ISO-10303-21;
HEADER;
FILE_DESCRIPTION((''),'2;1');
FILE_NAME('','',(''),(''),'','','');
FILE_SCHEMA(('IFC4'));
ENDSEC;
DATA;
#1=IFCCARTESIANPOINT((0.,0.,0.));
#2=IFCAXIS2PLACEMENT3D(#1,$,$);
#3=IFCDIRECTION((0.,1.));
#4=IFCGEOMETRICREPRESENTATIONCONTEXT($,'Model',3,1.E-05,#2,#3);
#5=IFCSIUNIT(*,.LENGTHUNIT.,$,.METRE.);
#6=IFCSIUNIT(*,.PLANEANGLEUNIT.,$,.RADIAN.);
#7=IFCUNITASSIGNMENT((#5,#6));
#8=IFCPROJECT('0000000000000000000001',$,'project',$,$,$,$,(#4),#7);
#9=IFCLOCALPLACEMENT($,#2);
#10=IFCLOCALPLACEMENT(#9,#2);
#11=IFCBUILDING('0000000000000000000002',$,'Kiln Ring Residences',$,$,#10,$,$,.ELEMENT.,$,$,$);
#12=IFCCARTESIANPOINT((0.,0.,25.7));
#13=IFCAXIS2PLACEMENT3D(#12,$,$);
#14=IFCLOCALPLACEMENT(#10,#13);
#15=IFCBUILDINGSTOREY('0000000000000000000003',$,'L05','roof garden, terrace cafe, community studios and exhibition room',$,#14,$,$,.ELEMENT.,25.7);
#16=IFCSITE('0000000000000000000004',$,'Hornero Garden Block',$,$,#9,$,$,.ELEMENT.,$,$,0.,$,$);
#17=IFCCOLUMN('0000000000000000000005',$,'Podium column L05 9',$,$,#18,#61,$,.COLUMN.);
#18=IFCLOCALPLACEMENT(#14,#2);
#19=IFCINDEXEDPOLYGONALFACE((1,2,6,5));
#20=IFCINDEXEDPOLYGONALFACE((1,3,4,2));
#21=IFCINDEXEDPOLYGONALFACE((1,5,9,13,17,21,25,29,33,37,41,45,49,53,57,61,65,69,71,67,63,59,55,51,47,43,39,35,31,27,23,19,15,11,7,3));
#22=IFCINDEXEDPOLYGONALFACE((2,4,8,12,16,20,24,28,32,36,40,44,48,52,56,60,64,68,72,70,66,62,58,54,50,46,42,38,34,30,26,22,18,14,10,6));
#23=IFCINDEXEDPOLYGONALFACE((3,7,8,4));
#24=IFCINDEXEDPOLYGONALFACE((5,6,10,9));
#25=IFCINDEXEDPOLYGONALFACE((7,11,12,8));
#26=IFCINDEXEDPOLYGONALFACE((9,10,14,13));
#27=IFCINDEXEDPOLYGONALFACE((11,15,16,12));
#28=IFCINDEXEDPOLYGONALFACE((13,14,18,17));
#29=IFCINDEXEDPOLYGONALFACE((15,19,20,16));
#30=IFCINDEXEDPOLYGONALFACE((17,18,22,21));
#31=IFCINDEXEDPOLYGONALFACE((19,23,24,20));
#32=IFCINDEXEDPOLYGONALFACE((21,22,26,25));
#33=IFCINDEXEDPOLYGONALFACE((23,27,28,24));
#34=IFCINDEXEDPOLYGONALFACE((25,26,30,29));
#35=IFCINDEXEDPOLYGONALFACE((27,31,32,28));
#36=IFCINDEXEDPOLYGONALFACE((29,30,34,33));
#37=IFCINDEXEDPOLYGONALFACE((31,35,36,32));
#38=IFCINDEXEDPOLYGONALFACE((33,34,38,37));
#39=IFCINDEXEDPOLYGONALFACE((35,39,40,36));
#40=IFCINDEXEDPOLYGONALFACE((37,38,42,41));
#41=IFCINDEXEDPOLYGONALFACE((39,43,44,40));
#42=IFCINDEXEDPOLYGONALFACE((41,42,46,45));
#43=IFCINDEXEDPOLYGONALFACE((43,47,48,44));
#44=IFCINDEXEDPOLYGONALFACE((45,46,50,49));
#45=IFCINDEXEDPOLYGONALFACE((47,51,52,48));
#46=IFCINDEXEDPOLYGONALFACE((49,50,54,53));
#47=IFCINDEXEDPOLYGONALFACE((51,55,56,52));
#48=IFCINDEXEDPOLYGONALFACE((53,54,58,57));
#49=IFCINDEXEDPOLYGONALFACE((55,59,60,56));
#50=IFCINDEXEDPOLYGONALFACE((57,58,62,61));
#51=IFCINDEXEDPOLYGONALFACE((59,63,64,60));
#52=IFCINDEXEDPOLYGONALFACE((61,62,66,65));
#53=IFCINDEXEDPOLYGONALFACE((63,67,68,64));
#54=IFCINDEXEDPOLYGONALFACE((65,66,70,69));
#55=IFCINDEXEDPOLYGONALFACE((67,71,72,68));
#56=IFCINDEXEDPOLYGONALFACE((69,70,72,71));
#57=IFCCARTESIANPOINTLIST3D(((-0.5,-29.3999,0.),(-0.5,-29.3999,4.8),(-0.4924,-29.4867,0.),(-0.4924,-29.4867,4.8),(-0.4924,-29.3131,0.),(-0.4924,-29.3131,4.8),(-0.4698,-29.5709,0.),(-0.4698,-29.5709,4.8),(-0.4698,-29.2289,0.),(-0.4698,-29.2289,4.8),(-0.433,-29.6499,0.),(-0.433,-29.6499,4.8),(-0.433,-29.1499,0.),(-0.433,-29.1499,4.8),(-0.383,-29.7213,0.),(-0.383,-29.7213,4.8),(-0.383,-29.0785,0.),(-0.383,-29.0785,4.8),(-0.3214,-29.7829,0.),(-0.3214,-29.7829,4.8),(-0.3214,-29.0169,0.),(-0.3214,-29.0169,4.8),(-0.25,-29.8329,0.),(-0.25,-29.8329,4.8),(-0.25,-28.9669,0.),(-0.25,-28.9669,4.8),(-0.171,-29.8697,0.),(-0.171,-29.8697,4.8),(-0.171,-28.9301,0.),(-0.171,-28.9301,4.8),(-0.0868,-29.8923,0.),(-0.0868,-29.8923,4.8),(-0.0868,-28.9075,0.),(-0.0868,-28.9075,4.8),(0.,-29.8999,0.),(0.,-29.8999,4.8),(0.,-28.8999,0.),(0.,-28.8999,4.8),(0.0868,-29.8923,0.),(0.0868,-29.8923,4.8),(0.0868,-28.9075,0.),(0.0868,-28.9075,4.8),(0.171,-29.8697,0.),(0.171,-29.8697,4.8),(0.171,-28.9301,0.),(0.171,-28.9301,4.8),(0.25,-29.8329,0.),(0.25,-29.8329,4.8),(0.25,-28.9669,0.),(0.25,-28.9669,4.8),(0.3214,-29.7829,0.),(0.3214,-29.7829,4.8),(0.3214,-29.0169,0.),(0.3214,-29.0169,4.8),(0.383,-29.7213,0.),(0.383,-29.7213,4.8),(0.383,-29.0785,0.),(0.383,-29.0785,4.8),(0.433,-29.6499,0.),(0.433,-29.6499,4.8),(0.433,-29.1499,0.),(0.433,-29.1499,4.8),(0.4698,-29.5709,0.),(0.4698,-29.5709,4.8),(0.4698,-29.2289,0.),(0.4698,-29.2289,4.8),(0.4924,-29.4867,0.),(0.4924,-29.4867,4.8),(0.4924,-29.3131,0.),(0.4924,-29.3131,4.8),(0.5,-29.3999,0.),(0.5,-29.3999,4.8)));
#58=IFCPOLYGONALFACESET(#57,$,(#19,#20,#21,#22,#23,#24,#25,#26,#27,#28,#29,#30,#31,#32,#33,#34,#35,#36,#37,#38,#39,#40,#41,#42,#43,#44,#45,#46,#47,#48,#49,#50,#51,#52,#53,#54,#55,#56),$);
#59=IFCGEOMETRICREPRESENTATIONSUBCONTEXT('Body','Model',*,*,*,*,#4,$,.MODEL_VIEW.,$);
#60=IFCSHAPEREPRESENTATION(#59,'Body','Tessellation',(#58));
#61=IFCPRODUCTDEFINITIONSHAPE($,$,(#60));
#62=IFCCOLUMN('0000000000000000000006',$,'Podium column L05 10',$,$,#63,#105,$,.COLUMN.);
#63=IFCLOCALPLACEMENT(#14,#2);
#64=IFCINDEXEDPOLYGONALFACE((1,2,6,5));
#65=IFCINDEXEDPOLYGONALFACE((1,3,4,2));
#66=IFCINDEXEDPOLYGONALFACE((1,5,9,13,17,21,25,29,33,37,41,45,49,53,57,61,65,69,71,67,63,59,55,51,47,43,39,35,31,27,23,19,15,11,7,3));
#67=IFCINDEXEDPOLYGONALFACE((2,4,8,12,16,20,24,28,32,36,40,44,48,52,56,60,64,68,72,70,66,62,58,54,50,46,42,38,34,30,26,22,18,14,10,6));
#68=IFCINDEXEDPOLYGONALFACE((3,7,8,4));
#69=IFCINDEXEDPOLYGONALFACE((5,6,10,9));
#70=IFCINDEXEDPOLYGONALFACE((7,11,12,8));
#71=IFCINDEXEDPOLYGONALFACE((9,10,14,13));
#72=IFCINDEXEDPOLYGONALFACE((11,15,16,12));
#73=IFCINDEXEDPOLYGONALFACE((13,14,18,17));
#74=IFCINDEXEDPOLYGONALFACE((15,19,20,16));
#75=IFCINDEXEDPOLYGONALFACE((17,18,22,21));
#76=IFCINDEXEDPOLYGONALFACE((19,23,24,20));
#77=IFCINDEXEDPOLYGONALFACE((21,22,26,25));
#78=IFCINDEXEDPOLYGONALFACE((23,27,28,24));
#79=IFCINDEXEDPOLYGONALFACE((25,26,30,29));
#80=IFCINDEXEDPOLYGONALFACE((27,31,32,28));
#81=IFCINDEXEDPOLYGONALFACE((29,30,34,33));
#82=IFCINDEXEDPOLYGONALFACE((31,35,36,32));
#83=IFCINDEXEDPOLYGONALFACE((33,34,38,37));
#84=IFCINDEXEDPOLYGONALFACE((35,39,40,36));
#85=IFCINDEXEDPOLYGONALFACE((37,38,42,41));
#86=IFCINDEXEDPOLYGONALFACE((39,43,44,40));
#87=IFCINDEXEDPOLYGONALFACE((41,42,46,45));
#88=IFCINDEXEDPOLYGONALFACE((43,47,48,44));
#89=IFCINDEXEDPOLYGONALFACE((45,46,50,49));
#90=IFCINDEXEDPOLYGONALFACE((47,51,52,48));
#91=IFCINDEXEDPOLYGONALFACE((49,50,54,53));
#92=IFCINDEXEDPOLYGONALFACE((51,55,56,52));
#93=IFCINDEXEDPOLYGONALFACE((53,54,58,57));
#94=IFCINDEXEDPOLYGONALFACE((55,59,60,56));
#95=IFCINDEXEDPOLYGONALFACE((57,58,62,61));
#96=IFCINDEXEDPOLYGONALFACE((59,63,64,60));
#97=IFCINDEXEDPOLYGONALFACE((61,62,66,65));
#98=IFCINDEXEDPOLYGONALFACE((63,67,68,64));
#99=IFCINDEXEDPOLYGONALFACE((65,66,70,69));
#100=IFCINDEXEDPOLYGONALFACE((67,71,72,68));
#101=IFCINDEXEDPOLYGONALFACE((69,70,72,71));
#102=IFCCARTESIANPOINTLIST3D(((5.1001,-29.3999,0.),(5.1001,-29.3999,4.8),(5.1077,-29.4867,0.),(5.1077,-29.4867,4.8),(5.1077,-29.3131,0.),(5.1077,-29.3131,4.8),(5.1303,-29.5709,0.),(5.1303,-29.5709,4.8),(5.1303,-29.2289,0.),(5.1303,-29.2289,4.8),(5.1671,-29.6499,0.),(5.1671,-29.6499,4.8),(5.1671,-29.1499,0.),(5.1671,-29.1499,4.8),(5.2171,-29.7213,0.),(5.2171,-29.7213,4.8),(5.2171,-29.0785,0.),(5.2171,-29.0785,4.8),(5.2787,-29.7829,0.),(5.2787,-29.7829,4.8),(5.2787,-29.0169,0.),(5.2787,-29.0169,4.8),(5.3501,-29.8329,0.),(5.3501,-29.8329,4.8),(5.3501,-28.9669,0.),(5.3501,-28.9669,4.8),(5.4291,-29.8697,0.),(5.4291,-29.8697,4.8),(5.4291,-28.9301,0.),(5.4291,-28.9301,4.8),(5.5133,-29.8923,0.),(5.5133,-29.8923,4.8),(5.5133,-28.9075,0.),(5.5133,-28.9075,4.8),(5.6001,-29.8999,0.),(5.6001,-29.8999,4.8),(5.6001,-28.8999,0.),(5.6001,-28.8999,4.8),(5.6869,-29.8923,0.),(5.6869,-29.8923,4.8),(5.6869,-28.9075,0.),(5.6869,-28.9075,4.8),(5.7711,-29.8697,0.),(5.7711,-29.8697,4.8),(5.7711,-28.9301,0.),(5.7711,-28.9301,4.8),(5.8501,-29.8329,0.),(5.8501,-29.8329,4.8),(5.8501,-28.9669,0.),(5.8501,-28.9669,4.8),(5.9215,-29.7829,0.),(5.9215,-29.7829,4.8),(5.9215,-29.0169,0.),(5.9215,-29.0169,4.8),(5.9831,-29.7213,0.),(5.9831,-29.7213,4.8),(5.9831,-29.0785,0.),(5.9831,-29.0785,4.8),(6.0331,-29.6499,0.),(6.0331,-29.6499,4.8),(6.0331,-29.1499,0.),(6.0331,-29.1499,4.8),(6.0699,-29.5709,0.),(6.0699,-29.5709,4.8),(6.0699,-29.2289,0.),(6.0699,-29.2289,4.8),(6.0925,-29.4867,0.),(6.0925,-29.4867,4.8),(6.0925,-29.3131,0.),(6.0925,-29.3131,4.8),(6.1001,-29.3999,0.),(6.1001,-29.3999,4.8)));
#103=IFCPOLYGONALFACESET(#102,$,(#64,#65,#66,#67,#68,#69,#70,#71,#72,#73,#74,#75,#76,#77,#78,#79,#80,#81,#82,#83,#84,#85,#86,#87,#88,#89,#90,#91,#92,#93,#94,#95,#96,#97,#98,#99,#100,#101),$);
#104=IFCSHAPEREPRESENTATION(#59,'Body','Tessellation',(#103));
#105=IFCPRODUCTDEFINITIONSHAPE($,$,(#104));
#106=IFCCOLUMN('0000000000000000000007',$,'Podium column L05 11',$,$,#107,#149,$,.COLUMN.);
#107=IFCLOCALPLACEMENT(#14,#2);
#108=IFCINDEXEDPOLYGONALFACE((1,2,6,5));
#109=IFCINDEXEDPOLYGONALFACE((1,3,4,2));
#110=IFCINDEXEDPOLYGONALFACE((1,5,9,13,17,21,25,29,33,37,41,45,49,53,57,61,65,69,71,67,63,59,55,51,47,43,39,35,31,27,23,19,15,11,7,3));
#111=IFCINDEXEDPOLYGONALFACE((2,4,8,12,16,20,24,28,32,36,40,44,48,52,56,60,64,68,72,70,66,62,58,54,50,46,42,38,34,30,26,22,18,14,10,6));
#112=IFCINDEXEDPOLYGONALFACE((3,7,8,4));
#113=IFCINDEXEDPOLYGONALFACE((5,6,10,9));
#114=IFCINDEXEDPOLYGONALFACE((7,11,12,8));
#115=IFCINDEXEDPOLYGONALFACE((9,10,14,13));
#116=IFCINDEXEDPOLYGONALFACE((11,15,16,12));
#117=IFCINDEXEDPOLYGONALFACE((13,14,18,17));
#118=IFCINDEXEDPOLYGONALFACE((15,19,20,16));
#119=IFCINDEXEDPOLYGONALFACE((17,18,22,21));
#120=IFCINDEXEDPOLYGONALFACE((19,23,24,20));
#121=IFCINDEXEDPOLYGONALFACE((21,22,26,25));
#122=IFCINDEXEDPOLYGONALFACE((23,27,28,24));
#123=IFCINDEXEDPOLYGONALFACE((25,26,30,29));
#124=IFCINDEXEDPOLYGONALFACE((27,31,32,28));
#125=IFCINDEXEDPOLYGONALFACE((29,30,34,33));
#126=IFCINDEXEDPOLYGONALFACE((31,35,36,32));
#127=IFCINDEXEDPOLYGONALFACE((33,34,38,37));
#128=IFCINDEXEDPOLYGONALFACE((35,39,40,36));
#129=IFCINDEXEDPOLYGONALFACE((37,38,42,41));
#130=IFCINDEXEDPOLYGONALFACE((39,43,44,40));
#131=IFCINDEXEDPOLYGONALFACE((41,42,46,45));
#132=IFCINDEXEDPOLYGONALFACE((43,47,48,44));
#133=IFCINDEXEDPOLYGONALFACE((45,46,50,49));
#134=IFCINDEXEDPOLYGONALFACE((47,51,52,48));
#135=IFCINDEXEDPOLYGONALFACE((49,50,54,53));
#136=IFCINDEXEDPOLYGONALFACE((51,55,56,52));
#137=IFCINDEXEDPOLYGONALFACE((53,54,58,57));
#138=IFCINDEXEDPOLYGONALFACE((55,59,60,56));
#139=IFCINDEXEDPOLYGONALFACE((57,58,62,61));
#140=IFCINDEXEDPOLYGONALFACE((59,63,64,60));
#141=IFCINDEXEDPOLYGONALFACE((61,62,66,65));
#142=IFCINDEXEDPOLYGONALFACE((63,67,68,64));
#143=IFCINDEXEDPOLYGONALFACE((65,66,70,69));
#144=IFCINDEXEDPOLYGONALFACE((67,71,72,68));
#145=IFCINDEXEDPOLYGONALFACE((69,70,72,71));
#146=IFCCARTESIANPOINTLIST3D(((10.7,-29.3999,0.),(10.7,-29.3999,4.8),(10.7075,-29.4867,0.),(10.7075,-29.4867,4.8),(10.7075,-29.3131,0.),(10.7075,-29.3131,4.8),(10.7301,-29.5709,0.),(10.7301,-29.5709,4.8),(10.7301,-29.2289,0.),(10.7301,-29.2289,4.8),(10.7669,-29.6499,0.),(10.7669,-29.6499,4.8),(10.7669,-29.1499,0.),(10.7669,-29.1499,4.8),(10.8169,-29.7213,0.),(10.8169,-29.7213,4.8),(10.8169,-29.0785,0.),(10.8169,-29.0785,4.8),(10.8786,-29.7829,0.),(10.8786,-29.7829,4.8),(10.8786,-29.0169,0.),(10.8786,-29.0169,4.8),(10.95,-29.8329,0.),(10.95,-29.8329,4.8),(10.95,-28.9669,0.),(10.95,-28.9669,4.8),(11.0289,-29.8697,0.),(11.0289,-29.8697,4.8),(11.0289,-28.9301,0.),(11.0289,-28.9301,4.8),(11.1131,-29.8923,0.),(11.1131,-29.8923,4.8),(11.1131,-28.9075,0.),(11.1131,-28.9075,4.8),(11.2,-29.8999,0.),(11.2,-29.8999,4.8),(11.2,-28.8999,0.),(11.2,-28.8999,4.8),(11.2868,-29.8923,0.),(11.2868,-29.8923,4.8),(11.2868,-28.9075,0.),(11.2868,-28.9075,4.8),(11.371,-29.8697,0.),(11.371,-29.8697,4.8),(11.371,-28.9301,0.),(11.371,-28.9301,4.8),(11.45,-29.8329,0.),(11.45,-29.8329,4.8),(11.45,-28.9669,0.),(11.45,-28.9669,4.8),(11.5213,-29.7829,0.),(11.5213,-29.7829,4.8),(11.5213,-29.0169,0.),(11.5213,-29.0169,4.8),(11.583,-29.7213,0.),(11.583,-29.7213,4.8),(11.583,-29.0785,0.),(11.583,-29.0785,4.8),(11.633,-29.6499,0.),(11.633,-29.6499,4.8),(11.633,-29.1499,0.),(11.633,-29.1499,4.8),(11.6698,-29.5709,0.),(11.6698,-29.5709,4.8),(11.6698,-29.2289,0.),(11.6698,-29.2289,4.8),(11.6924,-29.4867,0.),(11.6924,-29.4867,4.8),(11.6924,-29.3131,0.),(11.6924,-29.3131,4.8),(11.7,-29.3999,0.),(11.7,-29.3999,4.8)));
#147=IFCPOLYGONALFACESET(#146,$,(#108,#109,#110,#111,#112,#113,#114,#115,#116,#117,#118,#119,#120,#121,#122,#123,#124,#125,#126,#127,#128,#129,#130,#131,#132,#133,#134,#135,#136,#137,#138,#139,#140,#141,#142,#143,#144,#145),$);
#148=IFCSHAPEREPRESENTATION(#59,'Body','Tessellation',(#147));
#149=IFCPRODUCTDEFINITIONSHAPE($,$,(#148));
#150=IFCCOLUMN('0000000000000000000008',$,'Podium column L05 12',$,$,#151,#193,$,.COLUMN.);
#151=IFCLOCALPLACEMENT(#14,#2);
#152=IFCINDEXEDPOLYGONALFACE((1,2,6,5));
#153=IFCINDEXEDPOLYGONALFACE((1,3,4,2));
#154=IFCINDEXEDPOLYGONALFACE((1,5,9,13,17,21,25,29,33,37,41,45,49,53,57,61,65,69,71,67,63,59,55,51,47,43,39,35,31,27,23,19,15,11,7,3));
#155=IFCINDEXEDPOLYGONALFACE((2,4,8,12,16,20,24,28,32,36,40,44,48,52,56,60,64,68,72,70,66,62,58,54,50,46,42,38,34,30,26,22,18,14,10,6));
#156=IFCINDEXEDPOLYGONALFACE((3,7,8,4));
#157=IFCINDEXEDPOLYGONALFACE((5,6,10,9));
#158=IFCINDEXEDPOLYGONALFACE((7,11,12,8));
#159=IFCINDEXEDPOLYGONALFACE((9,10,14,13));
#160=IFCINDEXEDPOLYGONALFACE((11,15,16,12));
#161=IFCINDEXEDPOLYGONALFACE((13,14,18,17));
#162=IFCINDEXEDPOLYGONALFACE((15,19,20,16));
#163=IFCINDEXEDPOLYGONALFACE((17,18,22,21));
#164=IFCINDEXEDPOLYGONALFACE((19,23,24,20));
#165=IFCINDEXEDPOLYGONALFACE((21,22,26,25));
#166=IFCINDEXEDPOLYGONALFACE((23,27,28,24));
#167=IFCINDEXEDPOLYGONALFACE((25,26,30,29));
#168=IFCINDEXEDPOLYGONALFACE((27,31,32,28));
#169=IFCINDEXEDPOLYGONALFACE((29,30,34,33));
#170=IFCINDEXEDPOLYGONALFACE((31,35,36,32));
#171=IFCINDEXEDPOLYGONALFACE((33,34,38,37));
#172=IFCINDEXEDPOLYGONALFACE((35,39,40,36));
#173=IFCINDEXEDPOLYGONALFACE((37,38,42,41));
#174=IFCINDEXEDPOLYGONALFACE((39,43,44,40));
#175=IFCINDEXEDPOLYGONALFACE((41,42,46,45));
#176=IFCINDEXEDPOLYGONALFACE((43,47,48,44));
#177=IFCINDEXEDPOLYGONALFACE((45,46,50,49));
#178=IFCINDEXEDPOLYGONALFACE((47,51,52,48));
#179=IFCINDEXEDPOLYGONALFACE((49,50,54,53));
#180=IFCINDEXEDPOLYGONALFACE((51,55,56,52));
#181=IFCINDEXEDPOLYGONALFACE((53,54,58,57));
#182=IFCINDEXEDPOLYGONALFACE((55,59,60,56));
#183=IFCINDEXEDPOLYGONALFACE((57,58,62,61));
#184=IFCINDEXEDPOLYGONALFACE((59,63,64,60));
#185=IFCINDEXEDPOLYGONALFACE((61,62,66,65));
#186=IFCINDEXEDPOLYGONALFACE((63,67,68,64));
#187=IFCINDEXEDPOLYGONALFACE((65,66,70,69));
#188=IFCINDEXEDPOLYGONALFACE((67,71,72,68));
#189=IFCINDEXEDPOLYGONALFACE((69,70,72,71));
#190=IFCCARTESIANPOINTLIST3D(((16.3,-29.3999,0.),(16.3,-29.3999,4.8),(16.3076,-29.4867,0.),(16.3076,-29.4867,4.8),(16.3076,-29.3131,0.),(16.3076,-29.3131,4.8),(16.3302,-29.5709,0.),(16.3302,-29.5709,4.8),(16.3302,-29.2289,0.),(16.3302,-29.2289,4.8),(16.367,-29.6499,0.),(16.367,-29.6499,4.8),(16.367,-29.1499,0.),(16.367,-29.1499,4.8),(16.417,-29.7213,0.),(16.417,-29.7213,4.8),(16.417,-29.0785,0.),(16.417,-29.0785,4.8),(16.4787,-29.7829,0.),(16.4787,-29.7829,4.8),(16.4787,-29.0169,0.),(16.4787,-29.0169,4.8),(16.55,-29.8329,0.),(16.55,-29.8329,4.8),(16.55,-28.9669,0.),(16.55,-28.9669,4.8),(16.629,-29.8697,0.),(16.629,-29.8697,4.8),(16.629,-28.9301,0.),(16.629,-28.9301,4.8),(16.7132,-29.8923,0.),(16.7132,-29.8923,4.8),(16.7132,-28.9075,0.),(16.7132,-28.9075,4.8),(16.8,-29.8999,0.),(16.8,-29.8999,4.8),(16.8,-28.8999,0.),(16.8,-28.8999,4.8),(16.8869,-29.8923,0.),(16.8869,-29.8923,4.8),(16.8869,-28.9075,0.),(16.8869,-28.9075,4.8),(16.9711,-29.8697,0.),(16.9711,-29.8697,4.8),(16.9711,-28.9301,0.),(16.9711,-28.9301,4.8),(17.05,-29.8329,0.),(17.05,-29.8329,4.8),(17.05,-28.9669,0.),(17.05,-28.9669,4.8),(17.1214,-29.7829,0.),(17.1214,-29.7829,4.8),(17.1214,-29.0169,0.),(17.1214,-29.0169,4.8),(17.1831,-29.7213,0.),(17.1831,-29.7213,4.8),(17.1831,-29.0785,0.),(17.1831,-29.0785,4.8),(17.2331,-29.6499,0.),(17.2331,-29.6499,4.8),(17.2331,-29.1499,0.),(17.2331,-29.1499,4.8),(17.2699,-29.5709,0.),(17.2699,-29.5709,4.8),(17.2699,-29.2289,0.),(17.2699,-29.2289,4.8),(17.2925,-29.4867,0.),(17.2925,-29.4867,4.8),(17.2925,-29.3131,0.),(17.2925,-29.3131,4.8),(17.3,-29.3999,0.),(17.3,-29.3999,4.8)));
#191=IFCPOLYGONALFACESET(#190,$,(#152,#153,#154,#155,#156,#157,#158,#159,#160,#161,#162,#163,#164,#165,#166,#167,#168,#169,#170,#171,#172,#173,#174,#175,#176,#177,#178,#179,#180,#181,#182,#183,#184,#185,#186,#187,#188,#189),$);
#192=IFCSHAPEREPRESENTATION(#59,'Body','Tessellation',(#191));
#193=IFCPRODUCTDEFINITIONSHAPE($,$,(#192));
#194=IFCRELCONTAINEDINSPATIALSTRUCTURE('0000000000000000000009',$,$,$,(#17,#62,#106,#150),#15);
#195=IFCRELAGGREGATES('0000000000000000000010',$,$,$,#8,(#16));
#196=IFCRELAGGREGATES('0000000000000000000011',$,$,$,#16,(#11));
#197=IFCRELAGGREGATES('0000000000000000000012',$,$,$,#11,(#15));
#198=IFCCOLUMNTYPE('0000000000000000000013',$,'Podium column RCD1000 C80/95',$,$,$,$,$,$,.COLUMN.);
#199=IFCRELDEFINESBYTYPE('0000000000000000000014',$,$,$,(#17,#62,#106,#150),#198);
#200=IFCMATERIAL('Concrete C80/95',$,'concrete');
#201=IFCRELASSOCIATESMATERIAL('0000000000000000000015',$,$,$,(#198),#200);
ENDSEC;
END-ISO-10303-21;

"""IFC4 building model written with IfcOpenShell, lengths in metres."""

from ifc_helpers import new_model, si_unit, direction, frame, origin, origin_2d, place, context, subcontext, project, spatial, circle, extrude, material, material_profile, profile_set, type_object, element, save


model = new_model("IFC4")

# Units and contexts
model_context = context("Model", 3, precision=1e-05, world=origin(), true_north=direction((0.0, 1.0)))
body_context = subcontext(model_context, "Body", "Model", "MODEL_VIEW")
ifc_project = project(units=[si_unit("LENGTHUNIT", "METRE"), si_unit("PLANEANGLEUNIT", "RADIAN")], contexts=[model_context])

# Site, building, storey
site_placement = place(None, origin())
site = spatial("IfcSite", under=ifc_project, at=site_placement, Name="Hornero Garden Block", CompositionType="ELEMENT", RefElevation=0.0)
building_placement = place(site_placement, origin())
building = spatial("IfcBuilding", under=site, at=building_placement, Name="Kiln Ring Residences", CompositionType="ELEMENT")
storey_placement = place(building_placement, frame((0.0, 0.0, 25.7)))
storey = spatial("IfcBuildingStorey", under=building, at=storey_placement, Name="L05", Description="roof garden, terrace cafe, community studios and exhibition room", CompositionType="ELEMENT", Elevation=25.7)

# Columns
ifc_material_1 = material(Name="Concrete C80/95", Category="concrete")
ifc_material_profile = material_profile(ifc_material_1, circle(Radius=0.5, at=origin_2d()), Name="RCD1000")
ifc_profile_set = profile_set([ifc_material_profile], Name="Concrete C80/95")
column_type = type_object("IfcColumnType", Name="Podium column RCD1000 C80/95", PredefinedType="COLUMN", material=ifc_profile_set)
for number, where, z_axis, x_axis, name in (
    (1, (0.0, -29.3999, 0.0), (0.0, 0.0, 1.0), (1.0, 0.0, 0.0), "Podium column L05 9"),
    (2, (5.6001, -29.3999, 0.0), (0.0, 0.0, 1.0), (1.0, 0.0, 0.0), "Podium column L05 10"),
    (3, (11.2, -29.3999, 0.0), (0.0, 0.0, 1.0), (1.0, 0.0, 0.0), "Podium column L05 11"),
    (4, (16.8, -29.3999, 0.0), (0.0, 0.0, 1.0), (1.0, 0.0, 0.0), "Podium column L05 12"),
):
    element("IfcColumn", number, at=place(storey_placement, frame(where, z_axis=z_axis, x_axis=x_axis)), inside=storey, type_object=column_type, Name=name, PredefinedType="COLUMN", context=body_context, shape_type="SweptSolid", body=[
        extrude(circle(Radius=0.5, at=origin_2d()), origin(), (0.0, 0.0, 1.0), 4.8),
    ])

save(model, "model.ifc")
